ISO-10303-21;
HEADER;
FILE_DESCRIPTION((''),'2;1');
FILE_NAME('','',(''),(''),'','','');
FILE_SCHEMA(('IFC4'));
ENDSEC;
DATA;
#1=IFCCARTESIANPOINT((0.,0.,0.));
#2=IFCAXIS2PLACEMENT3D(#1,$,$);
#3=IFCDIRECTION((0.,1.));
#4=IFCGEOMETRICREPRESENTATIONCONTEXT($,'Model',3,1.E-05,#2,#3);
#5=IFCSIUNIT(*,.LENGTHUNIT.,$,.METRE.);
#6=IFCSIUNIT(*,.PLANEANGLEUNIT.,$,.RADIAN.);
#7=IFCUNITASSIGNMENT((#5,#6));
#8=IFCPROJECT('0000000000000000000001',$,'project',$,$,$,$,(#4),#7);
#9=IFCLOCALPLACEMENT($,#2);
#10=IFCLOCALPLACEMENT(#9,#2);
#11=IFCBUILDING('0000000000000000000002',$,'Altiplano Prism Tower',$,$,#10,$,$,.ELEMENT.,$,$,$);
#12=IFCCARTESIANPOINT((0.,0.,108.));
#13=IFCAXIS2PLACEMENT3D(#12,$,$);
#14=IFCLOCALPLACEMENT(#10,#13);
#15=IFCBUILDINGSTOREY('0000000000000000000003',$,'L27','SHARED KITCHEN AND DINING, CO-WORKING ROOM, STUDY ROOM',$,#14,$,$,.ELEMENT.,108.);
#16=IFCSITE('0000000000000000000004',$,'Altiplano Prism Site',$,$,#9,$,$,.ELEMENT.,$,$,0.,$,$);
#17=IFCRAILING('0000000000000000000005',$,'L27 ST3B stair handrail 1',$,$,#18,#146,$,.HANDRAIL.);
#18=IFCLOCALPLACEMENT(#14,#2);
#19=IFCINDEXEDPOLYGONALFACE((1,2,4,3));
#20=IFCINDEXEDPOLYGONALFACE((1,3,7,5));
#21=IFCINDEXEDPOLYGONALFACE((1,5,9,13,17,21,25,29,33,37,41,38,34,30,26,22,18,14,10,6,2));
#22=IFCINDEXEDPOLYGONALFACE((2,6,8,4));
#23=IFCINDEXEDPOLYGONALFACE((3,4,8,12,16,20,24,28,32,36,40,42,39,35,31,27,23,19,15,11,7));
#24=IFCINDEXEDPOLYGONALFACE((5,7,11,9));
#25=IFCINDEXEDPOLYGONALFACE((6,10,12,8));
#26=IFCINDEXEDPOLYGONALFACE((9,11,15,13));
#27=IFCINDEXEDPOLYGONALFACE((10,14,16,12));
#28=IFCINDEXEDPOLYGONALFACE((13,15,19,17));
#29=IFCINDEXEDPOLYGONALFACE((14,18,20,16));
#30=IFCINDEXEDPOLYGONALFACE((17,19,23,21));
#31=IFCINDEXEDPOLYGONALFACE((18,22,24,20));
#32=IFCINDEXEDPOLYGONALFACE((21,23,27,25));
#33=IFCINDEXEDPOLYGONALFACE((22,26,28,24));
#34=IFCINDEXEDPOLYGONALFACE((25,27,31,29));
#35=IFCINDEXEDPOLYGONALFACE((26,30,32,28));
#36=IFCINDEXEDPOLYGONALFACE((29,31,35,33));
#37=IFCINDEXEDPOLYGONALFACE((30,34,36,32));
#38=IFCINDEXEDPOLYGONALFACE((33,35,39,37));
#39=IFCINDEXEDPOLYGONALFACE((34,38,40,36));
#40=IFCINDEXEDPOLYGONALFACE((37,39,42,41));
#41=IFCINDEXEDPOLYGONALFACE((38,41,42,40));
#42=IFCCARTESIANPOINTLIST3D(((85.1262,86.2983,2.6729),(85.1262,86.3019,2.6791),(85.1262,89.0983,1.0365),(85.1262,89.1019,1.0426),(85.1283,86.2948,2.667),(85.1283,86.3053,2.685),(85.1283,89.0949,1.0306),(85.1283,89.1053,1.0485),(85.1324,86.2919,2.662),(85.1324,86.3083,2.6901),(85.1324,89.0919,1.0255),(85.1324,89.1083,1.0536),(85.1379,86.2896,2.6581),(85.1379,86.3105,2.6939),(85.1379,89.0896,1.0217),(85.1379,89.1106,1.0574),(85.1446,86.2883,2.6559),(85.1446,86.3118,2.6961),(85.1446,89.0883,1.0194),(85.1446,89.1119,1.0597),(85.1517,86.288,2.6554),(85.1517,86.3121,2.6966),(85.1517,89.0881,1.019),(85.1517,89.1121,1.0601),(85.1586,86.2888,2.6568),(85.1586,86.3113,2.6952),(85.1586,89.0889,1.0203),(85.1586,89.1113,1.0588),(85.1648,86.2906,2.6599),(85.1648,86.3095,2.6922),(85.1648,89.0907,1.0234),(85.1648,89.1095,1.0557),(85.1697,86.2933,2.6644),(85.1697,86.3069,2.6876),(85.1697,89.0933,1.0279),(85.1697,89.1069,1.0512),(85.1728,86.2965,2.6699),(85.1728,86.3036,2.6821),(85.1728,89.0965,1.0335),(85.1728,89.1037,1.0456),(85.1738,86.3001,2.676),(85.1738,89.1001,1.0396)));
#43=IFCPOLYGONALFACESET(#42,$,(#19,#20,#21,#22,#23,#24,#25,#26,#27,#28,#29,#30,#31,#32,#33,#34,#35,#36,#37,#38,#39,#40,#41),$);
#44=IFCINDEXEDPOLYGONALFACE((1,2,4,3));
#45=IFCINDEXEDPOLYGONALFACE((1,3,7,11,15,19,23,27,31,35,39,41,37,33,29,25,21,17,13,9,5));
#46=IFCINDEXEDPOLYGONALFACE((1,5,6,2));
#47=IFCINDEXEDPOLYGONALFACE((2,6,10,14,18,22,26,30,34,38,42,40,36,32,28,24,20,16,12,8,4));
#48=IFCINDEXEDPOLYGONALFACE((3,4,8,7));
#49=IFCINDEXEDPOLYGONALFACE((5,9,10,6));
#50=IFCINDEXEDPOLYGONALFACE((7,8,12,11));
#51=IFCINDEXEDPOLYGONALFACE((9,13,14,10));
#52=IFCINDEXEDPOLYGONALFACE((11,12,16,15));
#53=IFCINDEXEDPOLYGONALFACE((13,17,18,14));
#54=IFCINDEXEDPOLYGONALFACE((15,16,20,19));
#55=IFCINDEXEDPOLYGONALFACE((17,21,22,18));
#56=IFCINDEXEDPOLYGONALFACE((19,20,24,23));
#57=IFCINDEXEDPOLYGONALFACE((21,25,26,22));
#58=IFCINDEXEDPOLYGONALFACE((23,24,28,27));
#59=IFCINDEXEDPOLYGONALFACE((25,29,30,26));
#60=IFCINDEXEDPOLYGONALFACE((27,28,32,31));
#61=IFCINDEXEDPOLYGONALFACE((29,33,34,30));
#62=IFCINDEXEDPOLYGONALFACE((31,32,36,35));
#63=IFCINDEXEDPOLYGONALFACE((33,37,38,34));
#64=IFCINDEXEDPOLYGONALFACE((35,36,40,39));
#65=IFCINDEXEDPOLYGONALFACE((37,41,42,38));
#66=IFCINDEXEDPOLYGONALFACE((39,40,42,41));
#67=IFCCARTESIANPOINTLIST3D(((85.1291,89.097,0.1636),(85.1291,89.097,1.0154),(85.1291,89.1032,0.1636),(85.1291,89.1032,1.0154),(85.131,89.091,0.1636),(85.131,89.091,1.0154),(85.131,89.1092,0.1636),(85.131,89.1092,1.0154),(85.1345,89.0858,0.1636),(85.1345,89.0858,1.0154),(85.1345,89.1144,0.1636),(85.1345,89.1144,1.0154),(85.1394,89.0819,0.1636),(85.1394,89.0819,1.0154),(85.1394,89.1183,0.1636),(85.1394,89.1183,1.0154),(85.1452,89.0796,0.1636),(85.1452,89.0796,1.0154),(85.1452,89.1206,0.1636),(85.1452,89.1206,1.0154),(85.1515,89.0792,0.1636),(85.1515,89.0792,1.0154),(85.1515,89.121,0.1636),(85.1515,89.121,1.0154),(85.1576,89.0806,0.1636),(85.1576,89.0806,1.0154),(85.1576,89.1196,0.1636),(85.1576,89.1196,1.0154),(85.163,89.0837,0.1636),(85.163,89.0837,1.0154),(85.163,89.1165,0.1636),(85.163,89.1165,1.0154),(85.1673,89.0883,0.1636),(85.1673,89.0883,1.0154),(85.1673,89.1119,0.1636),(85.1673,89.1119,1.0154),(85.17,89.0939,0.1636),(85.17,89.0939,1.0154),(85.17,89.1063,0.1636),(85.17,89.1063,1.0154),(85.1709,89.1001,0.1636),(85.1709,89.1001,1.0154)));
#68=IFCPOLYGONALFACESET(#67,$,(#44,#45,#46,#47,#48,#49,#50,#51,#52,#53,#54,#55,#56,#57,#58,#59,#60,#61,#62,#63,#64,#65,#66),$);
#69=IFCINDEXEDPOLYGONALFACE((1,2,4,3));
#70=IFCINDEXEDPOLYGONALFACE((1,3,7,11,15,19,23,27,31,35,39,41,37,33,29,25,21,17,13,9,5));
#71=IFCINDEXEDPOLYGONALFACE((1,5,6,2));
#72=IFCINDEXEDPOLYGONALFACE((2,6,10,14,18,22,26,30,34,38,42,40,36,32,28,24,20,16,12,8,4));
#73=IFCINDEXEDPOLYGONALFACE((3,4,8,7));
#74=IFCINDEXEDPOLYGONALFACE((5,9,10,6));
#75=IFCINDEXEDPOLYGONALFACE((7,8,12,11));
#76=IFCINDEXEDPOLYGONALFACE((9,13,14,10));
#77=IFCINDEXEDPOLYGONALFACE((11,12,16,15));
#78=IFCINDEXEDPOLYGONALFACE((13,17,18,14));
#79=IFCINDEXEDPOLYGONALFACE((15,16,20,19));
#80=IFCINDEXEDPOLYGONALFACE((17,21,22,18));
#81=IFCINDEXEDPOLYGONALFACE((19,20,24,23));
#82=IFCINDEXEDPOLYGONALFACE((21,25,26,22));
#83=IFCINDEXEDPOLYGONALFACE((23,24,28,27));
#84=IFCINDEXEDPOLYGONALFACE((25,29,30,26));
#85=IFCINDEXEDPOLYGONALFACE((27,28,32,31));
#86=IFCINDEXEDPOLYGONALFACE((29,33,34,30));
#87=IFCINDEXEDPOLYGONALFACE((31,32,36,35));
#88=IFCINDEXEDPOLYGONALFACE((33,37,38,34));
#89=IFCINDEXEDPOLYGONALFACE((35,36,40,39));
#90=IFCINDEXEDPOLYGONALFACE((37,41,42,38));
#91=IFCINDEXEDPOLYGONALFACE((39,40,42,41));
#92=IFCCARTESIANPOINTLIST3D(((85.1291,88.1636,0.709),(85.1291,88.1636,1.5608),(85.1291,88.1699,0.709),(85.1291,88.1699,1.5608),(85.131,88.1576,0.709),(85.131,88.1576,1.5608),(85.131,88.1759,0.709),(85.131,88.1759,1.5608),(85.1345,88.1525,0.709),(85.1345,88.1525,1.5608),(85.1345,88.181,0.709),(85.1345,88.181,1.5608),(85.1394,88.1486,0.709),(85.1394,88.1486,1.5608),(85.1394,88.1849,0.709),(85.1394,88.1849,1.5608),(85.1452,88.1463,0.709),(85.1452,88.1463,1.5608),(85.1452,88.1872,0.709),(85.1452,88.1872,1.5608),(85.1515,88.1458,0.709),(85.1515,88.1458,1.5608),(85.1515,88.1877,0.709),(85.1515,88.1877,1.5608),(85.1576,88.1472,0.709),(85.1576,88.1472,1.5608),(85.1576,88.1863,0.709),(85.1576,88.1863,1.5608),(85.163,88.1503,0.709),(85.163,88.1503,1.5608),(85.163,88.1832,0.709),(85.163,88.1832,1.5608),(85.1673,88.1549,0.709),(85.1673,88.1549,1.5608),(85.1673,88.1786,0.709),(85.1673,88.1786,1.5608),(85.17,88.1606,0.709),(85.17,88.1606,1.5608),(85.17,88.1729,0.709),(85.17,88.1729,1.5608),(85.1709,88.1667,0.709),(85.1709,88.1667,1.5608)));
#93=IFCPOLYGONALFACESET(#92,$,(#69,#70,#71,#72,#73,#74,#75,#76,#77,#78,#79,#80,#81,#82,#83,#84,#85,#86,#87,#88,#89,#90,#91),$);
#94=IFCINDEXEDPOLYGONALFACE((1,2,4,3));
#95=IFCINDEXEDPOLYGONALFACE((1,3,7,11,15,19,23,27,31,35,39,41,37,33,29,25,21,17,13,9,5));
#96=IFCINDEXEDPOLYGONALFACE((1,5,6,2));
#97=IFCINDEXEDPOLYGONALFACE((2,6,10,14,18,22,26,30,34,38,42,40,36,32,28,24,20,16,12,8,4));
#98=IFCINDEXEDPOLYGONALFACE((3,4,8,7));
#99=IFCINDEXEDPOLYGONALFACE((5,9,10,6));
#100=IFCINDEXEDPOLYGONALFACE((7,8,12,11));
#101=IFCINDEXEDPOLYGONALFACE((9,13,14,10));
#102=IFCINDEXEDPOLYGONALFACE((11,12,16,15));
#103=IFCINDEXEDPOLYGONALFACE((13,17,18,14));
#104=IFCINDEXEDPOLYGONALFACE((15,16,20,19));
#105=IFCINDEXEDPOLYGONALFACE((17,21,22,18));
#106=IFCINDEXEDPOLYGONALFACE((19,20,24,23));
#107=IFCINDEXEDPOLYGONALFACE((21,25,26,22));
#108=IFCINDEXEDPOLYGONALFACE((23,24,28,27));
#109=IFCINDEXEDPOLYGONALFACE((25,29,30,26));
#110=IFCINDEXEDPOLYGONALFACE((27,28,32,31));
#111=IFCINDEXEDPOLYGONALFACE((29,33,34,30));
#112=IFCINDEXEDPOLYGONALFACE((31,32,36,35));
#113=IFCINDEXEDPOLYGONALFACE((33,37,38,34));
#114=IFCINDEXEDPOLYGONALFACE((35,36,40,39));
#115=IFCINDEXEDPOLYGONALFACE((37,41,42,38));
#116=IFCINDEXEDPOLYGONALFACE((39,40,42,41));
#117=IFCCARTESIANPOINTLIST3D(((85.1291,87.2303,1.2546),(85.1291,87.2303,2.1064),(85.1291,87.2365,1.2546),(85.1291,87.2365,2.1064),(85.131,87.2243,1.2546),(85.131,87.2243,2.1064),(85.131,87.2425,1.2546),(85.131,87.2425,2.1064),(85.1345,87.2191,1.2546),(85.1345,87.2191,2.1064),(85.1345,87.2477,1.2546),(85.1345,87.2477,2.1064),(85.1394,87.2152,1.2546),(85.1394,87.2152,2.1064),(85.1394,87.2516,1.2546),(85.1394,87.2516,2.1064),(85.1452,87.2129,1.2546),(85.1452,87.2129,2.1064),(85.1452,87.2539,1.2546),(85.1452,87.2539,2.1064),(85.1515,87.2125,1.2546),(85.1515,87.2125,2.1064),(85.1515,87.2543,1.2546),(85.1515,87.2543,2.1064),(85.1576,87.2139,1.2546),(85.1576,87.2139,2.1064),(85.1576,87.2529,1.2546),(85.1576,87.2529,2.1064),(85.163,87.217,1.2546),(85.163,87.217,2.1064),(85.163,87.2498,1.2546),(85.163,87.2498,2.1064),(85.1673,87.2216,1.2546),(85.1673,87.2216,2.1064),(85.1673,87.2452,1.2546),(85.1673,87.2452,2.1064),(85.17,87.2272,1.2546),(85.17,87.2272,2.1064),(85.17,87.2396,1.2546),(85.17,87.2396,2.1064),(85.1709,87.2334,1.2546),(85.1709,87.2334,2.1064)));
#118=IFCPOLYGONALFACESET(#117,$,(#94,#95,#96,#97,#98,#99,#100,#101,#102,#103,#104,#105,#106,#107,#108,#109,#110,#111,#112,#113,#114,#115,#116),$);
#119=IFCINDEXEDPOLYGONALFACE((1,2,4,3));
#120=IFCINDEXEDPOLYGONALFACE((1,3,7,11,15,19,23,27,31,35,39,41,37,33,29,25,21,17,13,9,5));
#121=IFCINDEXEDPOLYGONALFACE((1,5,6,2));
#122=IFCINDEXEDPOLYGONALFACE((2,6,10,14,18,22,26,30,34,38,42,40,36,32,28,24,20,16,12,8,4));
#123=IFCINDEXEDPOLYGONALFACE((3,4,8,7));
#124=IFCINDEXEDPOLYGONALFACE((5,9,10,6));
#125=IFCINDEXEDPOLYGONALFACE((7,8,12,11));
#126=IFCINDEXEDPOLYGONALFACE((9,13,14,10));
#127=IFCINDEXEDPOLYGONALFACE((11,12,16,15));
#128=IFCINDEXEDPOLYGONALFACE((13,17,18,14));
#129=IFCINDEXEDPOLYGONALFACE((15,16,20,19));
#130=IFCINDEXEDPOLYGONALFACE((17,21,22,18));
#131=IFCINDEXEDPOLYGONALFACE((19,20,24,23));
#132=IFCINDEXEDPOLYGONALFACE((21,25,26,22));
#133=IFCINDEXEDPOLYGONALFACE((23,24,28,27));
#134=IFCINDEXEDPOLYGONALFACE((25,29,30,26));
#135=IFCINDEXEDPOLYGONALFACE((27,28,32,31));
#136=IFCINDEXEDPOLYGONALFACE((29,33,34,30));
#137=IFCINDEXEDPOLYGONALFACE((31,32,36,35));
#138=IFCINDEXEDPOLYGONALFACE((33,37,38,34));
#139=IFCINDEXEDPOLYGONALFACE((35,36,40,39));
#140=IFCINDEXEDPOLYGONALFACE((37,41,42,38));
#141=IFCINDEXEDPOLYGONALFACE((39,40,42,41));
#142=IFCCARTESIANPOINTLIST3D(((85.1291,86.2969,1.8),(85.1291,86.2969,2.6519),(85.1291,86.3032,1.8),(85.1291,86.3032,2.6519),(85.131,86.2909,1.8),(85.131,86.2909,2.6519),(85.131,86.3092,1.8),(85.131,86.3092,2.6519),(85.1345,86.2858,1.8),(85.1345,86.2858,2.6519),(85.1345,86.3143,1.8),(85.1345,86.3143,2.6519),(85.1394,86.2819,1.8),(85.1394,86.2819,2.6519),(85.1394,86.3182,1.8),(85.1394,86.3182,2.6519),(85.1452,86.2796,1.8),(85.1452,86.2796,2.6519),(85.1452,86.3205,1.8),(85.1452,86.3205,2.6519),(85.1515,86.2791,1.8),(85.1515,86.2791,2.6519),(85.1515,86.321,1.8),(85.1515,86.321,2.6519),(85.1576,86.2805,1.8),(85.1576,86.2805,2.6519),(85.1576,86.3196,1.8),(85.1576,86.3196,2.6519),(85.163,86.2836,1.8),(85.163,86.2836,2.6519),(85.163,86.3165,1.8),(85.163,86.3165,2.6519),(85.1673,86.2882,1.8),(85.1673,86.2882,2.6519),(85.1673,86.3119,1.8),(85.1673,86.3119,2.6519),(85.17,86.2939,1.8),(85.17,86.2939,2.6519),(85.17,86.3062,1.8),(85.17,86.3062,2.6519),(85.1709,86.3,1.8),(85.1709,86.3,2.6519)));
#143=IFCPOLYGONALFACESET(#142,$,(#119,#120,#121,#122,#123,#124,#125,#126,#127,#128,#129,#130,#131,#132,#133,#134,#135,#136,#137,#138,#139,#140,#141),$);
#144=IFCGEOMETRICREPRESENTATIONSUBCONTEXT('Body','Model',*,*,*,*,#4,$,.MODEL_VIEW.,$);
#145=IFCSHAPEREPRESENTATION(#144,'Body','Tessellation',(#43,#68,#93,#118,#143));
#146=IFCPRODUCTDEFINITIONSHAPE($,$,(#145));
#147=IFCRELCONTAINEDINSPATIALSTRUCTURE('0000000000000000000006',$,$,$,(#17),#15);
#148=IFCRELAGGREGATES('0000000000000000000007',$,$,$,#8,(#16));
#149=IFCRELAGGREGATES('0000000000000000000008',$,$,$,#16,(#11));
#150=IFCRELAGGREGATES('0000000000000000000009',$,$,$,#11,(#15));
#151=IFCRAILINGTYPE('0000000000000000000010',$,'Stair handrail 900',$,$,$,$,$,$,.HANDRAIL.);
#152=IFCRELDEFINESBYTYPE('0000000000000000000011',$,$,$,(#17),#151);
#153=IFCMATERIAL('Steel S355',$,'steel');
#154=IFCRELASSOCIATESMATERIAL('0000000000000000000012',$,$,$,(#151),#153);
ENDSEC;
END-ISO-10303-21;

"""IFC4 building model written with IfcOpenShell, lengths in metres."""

from ifc_helpers import new_model, si_unit, direction, frame, origin, origin_2d, place, context, subcontext, project, spatial, circle, extrude, material, type_object, element, save


model = new_model("IFC4")

# Units and contexts
model_context = context("Model", 3, precision=1e-05, world=origin(), true_north=direction((0.0, 1.0)))
body_context = subcontext(model_context, "Body", "Model", "MODEL_VIEW")
ifc_project = project(units=[si_unit("LENGTHUNIT", "METRE"), si_unit("PLANEANGLEUNIT", "RADIAN")], contexts=[model_context])

# Site, building, storey
site_placement = place(None, origin())
site = spatial("IfcSite", under=ifc_project, at=site_placement, Name="Altiplano Prism Site", CompositionType="ELEMENT", RefElevation=0.0)
building_placement = place(site_placement, origin())
building = spatial("IfcBuilding", under=site, at=building_placement, Name="Altiplano Prism Tower", CompositionType="ELEMENT")
storey_placement = place(building_placement, frame((0.0, 0.0, 108.0)))
storey = spatial("IfcBuildingStorey", under=building, at=storey_placement, Name="L27", Description="SHARED KITCHEN AND DINING, CO-WORKING ROOM, STUDY ROOM", CompositionType="ELEMENT", Elevation=108.0)

# Railing
ifc_material_1 = material(Name="Steel S355", Category="steel")
railing_type = type_object("IfcRailingType", Name="Stair handrail 900", PredefinedType="HANDRAIL", material=ifc_material_1)
railing_1_placement = place(storey_placement, frame((85.1499, 89.1001, 0.1636)))
element("IfcRailing", 1, at=railing_1_placement, inside=storey, type_object=railing_type, Name="L27 ST3B stair handrail 1", PredefinedType="HANDRAIL", context=body_context, shape_type="SweptSolid", body=[
    extrude(circle(Radius=0.0239, at=origin_2d()), frame((0.0, 0.0, 0.876), z_axis=(0.0, -0.863361, 0.504587), x_axis=(1.0, 0.0, 0.0)), (0.0, 0.0, 1.0), 3.2432),
    extrude(circle(Radius=0.021, at=origin_2d()), origin(), (0.0, 0.0, 1.0), 0.8518),
    extrude(circle(Radius=0.021, at=origin_2d()), frame((0.0, -0.9333, 0.5454)), (0.0, 0.0, 1.0), 0.8518),
    extrude(circle(Radius=0.021, at=origin_2d()), frame((0.0, -1.8667, 1.0911)), (0.0, 0.0, 1.0), 0.8518),
    extrude(circle(Radius=0.021, at=origin_2d()), frame((0.0, -2.8, 1.6365)), (0.0, 0.0, 1.0), 0.8518),
])

save(model, "model.ifc")
